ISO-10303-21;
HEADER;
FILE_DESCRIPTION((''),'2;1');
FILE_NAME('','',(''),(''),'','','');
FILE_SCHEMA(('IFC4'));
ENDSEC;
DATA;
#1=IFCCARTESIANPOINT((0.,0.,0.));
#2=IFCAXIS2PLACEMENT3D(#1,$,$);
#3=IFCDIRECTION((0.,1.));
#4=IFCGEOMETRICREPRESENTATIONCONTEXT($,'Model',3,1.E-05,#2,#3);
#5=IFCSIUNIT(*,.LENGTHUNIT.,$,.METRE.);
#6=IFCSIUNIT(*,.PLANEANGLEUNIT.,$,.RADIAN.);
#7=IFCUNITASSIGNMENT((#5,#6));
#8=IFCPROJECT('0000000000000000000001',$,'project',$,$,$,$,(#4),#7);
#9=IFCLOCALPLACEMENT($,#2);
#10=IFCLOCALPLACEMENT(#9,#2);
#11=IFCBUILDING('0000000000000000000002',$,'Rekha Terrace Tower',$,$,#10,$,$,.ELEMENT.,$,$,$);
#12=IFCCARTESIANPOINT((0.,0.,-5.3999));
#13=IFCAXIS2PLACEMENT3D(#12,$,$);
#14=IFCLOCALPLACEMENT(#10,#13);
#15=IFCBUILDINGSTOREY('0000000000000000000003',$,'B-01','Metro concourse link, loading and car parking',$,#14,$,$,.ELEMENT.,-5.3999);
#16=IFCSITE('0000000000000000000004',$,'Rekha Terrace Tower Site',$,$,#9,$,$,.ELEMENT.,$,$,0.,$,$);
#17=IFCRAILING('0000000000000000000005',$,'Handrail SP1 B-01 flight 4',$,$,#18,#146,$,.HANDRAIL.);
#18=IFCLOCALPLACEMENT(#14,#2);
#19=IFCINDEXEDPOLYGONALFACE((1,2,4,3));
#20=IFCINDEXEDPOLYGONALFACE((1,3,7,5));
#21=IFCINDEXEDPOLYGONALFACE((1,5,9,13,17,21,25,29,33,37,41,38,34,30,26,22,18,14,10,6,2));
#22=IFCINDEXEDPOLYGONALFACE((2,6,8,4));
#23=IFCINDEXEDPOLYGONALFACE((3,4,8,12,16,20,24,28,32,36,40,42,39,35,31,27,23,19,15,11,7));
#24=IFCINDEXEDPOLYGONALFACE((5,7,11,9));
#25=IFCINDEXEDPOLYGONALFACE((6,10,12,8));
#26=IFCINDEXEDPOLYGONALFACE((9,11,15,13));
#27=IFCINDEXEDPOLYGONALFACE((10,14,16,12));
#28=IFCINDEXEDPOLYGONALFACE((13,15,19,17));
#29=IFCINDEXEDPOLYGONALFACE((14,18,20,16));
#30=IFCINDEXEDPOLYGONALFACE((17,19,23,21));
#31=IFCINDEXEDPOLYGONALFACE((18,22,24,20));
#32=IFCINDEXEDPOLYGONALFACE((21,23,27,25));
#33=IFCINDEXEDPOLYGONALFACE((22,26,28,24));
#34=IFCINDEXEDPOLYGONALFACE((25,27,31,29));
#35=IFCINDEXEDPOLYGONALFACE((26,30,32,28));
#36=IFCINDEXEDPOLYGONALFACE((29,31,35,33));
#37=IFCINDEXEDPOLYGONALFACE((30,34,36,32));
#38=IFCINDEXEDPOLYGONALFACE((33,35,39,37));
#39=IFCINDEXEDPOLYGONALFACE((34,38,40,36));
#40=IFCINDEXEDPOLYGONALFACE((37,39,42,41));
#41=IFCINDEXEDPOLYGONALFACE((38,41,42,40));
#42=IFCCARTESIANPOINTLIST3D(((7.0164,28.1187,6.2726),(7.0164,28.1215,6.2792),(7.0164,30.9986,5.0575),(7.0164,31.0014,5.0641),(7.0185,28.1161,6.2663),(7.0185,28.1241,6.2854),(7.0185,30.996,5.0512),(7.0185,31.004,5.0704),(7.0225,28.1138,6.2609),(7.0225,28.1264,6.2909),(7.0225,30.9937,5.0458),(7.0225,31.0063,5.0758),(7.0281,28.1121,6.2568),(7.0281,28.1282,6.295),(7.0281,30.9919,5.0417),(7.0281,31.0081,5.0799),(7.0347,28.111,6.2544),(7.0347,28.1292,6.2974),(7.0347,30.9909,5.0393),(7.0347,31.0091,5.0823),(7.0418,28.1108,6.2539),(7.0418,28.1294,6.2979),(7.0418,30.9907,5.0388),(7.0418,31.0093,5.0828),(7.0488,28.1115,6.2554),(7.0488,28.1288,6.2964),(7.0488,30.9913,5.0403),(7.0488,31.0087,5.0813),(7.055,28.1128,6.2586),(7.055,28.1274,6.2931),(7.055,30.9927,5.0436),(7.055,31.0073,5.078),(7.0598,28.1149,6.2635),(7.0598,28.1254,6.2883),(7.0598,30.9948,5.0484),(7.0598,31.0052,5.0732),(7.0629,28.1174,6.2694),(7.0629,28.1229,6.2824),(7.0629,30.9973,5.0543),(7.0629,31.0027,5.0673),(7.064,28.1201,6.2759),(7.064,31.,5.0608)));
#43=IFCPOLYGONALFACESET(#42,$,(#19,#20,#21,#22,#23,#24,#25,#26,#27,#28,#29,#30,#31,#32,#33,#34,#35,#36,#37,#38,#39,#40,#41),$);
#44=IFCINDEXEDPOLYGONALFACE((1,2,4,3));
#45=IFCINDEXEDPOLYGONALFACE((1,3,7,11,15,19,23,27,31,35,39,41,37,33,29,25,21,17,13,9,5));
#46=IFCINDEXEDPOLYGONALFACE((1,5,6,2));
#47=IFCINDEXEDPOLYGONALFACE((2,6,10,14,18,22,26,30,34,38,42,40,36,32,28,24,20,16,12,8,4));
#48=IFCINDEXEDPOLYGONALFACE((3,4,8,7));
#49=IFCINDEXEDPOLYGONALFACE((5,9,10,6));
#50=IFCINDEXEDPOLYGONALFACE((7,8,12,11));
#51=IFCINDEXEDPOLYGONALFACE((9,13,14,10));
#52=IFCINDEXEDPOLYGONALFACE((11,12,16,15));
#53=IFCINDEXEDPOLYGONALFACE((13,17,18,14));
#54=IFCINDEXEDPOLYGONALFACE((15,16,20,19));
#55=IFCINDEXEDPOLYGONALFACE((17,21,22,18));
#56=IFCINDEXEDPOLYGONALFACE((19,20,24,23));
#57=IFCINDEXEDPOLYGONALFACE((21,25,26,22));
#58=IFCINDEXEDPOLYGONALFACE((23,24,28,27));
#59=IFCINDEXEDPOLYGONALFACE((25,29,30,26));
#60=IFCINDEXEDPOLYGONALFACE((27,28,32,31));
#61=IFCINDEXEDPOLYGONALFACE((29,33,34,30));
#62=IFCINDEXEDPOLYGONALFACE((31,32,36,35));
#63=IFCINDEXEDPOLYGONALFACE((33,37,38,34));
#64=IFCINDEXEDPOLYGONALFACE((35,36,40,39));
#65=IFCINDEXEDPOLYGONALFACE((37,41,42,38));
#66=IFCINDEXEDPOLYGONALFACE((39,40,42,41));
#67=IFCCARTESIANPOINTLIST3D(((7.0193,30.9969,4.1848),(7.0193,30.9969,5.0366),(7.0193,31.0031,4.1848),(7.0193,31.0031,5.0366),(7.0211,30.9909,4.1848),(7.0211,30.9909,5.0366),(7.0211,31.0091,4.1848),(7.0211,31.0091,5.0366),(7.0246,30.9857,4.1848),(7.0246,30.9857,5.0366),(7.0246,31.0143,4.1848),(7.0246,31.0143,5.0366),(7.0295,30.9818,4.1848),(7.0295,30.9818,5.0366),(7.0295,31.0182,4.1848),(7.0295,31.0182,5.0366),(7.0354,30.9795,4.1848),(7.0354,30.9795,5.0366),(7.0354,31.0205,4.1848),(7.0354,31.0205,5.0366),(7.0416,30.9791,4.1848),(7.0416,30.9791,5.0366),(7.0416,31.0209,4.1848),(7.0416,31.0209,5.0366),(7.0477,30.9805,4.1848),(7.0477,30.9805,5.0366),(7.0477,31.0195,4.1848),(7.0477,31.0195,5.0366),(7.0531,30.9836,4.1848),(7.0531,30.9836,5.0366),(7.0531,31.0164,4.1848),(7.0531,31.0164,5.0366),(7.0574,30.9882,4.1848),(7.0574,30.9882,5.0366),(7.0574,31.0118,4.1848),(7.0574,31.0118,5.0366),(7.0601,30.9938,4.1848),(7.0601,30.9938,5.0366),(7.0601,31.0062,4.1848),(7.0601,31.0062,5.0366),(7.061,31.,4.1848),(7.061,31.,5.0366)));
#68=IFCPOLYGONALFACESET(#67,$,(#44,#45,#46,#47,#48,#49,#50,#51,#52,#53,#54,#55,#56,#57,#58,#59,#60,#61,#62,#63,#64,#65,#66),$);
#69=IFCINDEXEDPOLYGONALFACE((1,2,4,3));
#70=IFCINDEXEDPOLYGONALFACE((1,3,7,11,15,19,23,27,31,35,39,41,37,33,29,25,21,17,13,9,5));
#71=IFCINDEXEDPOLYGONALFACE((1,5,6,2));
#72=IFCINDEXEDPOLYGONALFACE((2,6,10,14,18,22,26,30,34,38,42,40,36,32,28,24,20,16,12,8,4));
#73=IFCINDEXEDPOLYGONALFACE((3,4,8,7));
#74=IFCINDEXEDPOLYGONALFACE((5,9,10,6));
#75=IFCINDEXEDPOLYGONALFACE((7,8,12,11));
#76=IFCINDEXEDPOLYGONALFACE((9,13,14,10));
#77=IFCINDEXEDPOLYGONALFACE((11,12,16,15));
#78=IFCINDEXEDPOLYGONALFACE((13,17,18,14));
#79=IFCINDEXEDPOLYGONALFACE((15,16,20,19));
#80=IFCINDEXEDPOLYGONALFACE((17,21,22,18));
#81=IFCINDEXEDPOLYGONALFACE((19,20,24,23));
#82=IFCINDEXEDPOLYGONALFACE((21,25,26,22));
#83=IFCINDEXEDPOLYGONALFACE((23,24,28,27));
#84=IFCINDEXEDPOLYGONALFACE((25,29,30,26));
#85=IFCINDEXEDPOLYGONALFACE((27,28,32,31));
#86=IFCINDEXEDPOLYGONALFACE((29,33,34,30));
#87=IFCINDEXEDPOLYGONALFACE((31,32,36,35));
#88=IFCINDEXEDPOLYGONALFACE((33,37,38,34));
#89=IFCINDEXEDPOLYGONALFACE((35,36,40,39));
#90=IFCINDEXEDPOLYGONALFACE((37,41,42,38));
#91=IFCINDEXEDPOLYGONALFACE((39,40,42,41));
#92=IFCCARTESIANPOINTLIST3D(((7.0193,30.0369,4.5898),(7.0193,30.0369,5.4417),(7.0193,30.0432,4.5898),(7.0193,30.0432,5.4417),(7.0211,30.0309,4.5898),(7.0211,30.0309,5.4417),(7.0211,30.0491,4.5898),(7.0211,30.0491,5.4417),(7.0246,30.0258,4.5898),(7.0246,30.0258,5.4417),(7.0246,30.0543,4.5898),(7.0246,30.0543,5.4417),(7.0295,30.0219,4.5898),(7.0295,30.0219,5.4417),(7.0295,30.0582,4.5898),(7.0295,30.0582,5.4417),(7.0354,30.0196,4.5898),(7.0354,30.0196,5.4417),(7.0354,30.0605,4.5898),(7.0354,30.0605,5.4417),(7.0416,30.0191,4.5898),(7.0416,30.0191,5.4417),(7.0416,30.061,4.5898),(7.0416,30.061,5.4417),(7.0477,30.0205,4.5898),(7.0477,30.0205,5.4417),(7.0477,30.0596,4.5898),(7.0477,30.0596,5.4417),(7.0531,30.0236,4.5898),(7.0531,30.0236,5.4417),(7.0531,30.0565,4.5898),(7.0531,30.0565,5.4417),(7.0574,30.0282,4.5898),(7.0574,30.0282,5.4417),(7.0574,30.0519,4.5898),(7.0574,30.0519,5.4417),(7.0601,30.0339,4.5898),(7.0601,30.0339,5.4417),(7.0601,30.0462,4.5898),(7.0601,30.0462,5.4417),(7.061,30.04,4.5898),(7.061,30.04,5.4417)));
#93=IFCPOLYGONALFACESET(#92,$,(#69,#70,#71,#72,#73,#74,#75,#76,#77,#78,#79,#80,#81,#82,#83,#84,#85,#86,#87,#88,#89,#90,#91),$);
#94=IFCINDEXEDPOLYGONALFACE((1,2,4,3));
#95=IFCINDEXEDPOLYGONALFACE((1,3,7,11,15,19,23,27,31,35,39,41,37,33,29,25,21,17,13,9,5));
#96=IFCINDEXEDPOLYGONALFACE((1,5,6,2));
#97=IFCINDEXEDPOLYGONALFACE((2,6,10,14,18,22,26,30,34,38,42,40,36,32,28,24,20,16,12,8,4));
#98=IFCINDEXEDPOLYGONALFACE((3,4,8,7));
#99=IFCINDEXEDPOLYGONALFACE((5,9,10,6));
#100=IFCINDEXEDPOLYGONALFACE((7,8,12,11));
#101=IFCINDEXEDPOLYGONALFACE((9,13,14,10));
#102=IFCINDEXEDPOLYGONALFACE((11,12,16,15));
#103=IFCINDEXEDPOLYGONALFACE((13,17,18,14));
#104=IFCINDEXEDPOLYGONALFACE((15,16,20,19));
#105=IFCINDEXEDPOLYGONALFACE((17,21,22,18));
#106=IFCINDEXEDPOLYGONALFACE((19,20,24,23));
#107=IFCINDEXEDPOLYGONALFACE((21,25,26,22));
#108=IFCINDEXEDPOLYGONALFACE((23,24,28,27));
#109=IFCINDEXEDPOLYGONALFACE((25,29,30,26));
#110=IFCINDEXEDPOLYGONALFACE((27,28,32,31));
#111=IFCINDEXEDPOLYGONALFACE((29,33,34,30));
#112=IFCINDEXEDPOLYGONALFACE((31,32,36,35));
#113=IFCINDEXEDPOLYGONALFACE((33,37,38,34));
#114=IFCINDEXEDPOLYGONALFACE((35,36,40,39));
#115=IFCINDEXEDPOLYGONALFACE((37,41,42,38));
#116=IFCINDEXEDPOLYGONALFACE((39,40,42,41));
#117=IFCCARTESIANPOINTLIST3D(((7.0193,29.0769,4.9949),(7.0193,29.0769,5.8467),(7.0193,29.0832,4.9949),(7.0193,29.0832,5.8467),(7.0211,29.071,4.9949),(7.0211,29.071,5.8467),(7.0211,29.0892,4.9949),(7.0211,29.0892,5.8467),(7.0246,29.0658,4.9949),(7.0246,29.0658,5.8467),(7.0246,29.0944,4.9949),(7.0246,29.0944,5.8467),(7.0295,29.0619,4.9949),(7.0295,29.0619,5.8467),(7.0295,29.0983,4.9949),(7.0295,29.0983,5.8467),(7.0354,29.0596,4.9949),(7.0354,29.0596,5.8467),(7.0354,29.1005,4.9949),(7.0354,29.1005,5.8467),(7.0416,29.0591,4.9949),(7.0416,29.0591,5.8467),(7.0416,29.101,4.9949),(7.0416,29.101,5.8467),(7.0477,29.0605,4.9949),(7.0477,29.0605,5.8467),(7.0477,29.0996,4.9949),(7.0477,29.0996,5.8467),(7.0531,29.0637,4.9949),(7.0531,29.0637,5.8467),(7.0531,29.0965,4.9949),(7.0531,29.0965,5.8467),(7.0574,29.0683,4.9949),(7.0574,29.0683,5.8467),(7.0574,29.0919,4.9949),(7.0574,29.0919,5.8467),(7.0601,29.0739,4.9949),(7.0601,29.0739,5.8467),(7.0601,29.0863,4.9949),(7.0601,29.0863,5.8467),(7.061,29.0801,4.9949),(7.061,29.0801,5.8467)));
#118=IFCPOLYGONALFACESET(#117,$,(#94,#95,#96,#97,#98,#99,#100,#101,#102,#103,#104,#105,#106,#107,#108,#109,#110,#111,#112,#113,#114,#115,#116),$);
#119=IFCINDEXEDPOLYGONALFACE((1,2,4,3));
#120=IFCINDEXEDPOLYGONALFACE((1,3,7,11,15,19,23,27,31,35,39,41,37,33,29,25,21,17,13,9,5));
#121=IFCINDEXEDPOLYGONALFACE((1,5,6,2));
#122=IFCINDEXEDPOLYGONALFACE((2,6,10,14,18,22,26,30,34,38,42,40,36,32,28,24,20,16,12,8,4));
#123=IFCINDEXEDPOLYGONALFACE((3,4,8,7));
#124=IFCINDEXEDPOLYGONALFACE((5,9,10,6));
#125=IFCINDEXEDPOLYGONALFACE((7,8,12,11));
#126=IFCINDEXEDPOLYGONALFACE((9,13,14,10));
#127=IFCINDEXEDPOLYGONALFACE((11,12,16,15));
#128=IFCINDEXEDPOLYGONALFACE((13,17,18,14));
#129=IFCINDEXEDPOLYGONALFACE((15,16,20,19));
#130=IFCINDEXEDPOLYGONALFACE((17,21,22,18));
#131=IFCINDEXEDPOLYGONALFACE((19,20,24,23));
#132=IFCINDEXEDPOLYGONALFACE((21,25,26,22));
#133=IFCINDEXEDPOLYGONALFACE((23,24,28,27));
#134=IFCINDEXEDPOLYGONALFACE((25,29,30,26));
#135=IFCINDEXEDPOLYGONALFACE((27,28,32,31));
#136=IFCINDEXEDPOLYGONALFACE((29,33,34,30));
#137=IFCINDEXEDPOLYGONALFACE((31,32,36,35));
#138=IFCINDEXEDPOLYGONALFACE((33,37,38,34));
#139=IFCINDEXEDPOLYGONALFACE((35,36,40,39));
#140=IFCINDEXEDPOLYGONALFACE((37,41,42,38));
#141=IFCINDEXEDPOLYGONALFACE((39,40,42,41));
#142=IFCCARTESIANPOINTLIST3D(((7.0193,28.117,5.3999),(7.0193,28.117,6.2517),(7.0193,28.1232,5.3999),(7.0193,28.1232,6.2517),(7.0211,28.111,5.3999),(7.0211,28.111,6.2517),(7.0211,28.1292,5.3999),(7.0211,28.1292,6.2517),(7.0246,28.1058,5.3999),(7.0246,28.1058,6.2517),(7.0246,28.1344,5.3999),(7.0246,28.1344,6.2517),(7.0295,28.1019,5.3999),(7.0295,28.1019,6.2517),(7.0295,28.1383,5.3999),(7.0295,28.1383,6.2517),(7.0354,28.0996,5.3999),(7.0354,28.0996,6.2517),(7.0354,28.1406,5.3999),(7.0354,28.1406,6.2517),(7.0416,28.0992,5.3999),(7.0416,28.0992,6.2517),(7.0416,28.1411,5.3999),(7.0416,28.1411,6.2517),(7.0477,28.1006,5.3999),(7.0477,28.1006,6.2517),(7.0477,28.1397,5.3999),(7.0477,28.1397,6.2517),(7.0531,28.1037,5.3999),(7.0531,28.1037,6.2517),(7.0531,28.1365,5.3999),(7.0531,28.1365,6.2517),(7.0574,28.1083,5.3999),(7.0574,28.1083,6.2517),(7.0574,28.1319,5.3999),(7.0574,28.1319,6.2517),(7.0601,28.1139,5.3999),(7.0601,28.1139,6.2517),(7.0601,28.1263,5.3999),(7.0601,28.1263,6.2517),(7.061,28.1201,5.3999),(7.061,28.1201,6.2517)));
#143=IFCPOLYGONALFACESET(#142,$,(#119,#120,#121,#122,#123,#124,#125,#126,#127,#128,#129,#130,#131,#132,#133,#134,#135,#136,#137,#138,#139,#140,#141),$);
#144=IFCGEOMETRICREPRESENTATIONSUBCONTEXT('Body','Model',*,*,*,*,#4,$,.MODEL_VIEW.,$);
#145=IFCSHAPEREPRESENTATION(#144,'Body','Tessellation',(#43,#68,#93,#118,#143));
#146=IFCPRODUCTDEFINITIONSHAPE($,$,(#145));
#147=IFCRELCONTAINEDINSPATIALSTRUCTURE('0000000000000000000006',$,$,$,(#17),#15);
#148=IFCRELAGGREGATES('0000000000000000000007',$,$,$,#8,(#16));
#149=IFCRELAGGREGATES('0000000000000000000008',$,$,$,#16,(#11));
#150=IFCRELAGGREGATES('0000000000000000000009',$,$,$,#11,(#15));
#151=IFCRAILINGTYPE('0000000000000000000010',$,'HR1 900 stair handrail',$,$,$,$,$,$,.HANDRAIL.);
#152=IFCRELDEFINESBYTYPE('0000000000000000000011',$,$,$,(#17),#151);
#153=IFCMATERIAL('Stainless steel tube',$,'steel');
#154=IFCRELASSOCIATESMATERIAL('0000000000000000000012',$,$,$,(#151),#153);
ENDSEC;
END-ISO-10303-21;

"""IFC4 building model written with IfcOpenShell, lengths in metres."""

from ifc_helpers import new_model, si_unit, direction, frame, origin, origin_2d, place, context, subcontext, project, spatial, circle, extrude, material, type_object, element, save


model = new_model("IFC4")

# Units and contexts
model_context = context("Model", 3, precision=1e-05, world=origin(), true_north=direction((0.0, 1.0)))
body_context = subcontext(model_context, "Body", "Model", "MODEL_VIEW")
ifc_project = project(units=[si_unit("LENGTHUNIT", "METRE"), si_unit("PLANEANGLEUNIT", "RADIAN")], contexts=[model_context])

# Site, building, storey
site_placement = place(None, origin())
site = spatial("IfcSite", under=ifc_project, at=site_placement, Name="Rekha Terrace Tower Site", CompositionType="ELEMENT", RefElevation=0.0)
building_placement = place(site_placement, origin())
building = spatial("IfcBuilding", under=site, at=building_placement, Name="Rekha Terrace Tower", CompositionType="ELEMENT")
storey_placement = place(building_placement, frame((0.0, 0.0, -5.3999)))
storey = spatial("IfcBuildingStorey", under=building, at=storey_placement, Name="B-01", Description="Metro concourse link, loading and car parking", CompositionType="ELEMENT", Elevation=-5.3999)

# Railing
ifc_material_1 = material(Name="Stainless steel tube", Category="steel")
railing_type_1 = type_object("IfcRailingType", Name="HR1 900 stair handrail", PredefinedType="HANDRAIL", material=ifc_material_1)
railing_1_placement = place(storey_placement, frame((7.04, 31.0, 4.1848)))
element("IfcRailing", 1, at=railing_1_placement, inside=storey, type_object=railing_type_1, Name="Handrail SP1 B-01 flight 4", PredefinedType="HANDRAIL", context=body_context, shape_type="SweptSolid", body=[
    extrude(circle(Radius=0.0239, at=origin_2d()), frame((0.0, 0.0, 0.876), z_axis=(0.0, -0.921348, 0.388738), x_axis=(1.0, 0.0, 0.0)), (0.0, 0.0, 1.0), 3.1257),
    extrude(circle(Radius=0.021, at=origin_2d()), origin(), (0.0, 0.0, 1.0), 0.8518),
    extrude(circle(Radius=0.021, at=origin_2d()), frame((0.0, -0.96, 0.405)), (0.0, 0.0, 1.0), 0.8518),
    extrude(circle(Radius=0.021, at=origin_2d()), frame((0.0, -1.9199, 0.8101)), (0.0, 0.0, 1.0), 0.8518),
    extrude(circle(Radius=0.021, at=origin_2d()), frame((0.0, -2.8799, 1.2151)), (0.0, 0.0, 1.0), 0.8518),
])

save(model, "model.ifc")
